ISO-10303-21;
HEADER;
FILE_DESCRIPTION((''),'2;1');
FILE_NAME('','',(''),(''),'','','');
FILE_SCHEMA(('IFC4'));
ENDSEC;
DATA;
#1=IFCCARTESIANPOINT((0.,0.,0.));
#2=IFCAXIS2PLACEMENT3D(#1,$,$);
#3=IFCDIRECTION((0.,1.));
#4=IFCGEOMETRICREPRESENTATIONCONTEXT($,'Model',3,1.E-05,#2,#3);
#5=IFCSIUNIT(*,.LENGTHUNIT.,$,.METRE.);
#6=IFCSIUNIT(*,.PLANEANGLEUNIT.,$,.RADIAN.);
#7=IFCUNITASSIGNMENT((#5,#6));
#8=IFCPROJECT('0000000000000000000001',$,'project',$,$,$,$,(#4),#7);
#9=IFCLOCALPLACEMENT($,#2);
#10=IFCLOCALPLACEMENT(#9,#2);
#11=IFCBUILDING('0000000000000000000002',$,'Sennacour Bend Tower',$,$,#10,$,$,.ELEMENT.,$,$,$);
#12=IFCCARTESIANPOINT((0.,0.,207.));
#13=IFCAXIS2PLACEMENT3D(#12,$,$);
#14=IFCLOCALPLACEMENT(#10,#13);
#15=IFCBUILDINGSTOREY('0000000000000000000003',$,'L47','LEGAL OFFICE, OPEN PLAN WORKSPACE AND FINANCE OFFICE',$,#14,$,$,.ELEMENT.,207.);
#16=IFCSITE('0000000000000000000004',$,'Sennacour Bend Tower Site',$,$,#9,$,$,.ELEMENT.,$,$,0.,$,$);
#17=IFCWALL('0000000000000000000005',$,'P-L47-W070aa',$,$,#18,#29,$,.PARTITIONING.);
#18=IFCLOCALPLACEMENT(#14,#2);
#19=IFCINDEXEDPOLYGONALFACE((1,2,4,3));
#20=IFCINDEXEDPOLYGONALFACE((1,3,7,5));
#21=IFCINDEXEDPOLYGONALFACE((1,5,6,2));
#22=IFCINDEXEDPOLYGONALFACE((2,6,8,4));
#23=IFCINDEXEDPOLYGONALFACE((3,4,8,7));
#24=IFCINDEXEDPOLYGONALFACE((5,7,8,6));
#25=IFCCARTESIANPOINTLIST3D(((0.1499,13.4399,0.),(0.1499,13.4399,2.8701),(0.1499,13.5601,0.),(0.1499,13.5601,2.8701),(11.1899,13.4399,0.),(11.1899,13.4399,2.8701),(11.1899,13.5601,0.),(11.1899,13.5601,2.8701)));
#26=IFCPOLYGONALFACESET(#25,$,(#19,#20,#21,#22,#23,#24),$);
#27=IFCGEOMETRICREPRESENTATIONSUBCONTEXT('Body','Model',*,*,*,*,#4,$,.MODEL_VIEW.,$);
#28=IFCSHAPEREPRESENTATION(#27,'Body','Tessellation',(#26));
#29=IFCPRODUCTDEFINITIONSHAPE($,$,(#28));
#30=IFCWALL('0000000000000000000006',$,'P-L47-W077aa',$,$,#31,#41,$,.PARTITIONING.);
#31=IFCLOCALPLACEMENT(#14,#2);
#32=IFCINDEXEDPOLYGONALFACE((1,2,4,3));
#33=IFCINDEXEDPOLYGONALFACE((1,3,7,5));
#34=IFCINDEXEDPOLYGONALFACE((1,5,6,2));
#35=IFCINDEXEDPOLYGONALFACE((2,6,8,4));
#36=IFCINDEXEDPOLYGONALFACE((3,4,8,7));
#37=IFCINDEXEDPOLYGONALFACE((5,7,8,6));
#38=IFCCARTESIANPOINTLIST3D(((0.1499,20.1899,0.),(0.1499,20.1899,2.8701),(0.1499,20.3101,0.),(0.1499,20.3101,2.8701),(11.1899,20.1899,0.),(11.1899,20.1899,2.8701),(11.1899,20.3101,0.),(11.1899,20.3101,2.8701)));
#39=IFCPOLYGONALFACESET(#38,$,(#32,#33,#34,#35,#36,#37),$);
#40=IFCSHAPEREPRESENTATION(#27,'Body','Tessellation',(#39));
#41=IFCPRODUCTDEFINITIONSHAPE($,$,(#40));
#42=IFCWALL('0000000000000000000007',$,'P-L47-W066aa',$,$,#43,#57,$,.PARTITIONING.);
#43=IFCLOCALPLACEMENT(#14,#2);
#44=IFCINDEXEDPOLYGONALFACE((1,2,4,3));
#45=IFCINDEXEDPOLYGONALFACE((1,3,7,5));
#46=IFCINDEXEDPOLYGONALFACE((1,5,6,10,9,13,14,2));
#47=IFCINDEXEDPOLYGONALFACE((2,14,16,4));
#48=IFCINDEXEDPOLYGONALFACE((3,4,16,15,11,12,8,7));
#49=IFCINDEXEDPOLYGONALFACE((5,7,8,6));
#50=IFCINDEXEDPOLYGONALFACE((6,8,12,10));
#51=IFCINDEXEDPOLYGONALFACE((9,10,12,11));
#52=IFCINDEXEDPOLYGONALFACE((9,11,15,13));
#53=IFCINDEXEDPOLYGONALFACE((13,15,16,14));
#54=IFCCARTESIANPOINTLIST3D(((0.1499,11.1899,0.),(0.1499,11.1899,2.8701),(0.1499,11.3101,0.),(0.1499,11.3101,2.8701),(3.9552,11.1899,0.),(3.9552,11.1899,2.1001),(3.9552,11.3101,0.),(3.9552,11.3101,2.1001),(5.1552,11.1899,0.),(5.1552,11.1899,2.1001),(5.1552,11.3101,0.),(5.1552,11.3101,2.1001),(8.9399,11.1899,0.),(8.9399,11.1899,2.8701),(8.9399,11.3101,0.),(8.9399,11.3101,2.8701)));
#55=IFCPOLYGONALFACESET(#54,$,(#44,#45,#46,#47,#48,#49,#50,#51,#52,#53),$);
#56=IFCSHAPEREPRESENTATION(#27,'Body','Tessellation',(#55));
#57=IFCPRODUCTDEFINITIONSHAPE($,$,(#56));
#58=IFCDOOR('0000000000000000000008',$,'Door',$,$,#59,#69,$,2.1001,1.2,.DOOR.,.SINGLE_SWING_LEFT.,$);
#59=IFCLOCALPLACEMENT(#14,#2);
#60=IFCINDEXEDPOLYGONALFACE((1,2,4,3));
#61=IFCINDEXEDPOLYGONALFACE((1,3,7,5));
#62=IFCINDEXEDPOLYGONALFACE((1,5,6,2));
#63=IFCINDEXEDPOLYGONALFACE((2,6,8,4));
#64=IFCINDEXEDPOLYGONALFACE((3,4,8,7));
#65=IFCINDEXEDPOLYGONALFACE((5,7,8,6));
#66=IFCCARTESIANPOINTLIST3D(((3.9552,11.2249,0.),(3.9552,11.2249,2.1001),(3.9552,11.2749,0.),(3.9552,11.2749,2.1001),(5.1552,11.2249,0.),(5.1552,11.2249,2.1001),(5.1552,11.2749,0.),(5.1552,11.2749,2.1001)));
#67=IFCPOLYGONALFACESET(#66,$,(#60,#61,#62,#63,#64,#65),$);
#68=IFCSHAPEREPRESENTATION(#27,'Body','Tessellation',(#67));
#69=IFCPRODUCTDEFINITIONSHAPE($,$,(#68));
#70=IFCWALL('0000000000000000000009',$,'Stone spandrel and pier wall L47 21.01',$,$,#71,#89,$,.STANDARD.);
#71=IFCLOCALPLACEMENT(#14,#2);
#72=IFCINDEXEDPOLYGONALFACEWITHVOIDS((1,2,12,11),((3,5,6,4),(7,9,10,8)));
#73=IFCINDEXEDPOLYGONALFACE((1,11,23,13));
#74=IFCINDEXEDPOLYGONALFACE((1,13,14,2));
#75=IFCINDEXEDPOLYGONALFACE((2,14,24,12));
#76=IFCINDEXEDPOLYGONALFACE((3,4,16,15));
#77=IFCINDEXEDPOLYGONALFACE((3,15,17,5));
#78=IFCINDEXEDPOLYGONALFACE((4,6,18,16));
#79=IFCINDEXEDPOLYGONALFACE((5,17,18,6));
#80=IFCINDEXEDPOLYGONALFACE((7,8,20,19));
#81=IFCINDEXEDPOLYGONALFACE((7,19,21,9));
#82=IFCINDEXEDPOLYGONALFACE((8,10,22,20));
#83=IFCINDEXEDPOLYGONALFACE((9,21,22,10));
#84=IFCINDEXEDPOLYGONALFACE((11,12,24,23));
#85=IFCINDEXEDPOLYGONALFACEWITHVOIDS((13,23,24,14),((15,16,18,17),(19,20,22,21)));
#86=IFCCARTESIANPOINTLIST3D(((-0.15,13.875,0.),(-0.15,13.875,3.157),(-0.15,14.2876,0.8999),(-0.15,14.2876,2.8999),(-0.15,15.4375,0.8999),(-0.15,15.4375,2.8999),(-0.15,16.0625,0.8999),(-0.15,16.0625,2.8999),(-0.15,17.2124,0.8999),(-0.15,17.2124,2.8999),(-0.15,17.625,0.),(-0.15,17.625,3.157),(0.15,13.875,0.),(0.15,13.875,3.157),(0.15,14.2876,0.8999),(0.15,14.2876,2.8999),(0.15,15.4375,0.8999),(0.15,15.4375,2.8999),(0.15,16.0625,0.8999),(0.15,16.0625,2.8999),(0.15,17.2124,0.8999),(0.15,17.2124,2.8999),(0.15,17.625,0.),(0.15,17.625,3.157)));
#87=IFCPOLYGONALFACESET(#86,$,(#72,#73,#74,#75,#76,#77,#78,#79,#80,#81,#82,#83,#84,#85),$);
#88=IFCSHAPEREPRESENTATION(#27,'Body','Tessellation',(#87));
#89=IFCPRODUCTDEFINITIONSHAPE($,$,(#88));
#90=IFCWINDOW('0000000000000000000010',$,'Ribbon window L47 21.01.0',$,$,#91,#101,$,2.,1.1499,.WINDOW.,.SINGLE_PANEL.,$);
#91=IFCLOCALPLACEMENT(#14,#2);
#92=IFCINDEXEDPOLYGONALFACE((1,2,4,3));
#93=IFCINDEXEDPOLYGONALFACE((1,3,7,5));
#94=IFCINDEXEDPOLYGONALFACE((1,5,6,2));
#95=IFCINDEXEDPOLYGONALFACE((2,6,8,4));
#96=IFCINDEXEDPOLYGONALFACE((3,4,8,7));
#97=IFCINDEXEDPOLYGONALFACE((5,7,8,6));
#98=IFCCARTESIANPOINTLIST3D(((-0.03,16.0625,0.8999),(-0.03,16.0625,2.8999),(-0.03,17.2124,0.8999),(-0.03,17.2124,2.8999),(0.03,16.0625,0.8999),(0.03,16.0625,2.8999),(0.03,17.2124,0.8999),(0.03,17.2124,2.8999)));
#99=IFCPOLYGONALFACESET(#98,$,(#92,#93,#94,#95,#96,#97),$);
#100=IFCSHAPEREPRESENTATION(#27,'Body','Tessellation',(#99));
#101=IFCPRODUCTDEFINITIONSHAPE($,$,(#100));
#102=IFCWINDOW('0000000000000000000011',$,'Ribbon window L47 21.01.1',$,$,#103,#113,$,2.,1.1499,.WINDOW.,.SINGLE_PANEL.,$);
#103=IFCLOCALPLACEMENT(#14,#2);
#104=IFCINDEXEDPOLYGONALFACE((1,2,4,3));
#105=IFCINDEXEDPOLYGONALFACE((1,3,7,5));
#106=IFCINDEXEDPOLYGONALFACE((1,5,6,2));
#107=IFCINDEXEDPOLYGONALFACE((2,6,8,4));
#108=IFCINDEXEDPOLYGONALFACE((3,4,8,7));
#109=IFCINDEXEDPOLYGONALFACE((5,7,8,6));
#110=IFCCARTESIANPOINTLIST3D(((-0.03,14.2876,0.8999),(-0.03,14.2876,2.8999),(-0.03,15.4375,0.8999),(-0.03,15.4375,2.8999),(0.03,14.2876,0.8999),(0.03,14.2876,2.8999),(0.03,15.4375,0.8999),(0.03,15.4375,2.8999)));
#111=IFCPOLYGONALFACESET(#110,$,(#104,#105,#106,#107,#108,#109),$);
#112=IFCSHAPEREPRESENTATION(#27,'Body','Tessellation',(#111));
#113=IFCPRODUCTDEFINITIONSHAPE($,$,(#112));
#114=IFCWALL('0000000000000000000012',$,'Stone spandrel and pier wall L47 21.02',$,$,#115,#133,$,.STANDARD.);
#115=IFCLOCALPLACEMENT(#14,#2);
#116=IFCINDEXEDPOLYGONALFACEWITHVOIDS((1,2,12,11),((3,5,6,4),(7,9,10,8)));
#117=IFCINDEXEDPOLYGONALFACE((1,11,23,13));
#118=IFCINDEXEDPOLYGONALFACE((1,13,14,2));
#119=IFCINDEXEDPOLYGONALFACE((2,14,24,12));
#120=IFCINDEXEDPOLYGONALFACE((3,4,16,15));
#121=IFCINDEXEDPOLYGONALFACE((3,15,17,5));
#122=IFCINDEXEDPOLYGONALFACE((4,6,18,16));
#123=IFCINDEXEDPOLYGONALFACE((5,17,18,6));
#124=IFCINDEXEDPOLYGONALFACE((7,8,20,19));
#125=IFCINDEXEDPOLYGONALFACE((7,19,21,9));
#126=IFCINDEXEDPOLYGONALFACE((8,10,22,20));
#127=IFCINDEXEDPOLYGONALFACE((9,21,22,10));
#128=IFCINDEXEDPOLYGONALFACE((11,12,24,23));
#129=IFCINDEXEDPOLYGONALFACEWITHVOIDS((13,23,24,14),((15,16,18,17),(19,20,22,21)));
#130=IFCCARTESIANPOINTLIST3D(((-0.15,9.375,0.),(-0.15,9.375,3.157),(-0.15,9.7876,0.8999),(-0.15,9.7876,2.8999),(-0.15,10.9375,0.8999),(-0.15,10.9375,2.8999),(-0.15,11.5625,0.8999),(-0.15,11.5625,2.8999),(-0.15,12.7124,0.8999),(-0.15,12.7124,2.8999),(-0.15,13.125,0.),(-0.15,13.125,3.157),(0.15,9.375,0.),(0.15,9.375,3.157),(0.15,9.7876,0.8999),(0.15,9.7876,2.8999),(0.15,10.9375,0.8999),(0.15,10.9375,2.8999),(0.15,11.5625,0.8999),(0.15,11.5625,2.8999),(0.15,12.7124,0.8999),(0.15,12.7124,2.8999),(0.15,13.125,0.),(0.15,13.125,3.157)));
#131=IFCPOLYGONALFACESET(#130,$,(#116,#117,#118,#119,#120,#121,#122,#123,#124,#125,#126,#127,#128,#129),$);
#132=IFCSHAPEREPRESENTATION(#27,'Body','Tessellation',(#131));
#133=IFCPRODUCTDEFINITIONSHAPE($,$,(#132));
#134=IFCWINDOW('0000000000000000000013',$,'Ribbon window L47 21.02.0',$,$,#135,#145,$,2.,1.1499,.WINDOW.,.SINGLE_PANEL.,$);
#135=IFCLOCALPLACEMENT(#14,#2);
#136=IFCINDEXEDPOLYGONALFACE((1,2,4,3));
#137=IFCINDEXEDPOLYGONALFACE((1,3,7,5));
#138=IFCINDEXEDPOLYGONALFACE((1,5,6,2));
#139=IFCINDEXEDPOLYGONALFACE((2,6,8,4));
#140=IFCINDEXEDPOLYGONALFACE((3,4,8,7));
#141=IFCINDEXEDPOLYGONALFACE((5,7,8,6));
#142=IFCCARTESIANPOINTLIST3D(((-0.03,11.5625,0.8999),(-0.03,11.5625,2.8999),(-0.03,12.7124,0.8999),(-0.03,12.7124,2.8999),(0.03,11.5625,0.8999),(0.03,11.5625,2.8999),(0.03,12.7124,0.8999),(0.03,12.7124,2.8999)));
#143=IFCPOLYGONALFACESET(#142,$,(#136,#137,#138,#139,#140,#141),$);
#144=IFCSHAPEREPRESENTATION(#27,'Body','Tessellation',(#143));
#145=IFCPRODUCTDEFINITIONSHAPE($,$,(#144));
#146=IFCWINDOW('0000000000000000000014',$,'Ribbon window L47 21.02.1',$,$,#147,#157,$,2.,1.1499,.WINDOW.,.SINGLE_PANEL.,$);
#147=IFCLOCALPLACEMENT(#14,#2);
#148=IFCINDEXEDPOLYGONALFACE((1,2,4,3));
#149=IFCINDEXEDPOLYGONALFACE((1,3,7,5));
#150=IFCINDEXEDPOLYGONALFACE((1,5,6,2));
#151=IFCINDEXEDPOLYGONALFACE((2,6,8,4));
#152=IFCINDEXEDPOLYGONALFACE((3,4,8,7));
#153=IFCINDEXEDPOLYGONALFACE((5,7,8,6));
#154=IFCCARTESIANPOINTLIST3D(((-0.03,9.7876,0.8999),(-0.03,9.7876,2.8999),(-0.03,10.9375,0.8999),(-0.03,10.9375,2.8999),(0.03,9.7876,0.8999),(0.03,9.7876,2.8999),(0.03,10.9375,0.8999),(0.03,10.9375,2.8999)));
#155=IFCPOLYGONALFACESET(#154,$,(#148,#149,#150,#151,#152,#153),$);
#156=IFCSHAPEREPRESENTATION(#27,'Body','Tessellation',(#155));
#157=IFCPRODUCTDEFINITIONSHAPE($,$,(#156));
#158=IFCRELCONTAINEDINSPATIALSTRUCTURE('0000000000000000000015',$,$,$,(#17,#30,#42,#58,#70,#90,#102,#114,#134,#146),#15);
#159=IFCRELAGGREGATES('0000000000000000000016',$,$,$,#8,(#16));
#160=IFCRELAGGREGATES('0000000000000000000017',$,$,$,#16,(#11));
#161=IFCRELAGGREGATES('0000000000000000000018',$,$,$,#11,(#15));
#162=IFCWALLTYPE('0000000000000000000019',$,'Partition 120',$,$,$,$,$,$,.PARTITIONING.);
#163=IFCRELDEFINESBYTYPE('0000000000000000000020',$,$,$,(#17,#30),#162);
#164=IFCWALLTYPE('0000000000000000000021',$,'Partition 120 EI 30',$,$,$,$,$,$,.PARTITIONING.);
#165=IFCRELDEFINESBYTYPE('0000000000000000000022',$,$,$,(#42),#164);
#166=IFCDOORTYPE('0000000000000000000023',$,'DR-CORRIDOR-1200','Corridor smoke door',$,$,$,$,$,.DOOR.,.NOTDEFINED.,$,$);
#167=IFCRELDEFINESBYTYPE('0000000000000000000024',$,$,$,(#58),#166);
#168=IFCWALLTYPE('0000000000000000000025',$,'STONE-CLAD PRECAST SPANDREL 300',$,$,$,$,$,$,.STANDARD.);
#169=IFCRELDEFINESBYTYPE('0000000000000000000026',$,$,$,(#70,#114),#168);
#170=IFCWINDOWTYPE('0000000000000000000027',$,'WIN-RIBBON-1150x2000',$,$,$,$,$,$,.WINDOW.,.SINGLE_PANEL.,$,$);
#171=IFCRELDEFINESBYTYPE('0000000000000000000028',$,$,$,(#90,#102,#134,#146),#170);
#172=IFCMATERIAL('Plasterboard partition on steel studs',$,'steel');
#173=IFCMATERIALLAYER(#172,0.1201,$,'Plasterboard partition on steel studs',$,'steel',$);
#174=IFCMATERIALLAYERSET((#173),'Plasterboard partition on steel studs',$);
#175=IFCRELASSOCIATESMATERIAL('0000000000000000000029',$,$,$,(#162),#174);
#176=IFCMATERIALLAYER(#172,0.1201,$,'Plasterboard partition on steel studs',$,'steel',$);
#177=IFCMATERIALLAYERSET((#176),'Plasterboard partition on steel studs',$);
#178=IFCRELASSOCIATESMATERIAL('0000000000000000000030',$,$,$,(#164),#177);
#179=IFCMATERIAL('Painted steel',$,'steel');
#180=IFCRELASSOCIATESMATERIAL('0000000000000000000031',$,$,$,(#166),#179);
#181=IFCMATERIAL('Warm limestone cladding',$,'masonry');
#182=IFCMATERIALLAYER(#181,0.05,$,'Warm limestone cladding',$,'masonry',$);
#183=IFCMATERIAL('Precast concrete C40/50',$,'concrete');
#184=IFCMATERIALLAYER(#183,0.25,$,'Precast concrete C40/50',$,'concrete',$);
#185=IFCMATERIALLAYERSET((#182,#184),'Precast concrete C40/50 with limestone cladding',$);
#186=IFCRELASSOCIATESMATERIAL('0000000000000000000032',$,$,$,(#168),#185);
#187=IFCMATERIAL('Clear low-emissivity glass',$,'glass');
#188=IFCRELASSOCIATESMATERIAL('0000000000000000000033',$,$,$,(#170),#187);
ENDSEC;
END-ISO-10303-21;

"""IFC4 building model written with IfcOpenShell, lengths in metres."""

from ifc_helpers import new_model, si_unit, direction, frame, frame_2d, origin, place, context, subcontext, project, spatial, rectangle, extrude, material, layer, layer_set, type_object, element, fill, save


model = new_model("IFC4")

# Units and contexts
model_context = context("Model", 3, precision=1e-05, world=origin(), true_north=direction((0.0, 1.0)))
body_context = subcontext(model_context, "Body", "Model", "MODEL_VIEW")
ifc_project = project(units=[si_unit("LENGTHUNIT", "METRE"), si_unit("PLANEANGLEUNIT", "RADIAN")], contexts=[model_context])

# Site, building, storey
site_placement = place(None, origin())
site = spatial("IfcSite", under=ifc_project, at=site_placement, Name="Sennacour Bend Tower Site", CompositionType="ELEMENT", RefElevation=0.0)
building_placement = place(site_placement, origin())
building = spatial("IfcBuilding", under=site, at=building_placement, Name="Sennacour Bend Tower", CompositionType="ELEMENT")
storey_placement = place(building_placement, frame((0.0, 0.0, 207.0)))
storey = spatial("IfcBuildingStorey", under=building, at=storey_placement, Name="L47", Description="LEGAL OFFICE, OPEN PLAN WORKSPACE AND FINANCE OFFICE", CompositionType="ELEMENT", Elevation=207.0)

# Walls
ifc_material_1 = material(Name="Plasterboard partition on steel studs", Category="steel")
ifc_layer_1 = layer(ifc_material_1, 0.1201, Name="Plasterboard partition on steel studs", Category="steel")
ifc_layer_set_1 = layer_set([ifc_layer_1], Name="Plasterboard partition on steel studs")
wall_type_1 = type_object("IfcWallType", Name="Partition 120", PredefinedType="PARTITIONING", material=ifc_layer_set_1)
for number, where, z_axis, x_axis, name in (
    (1, (0.1499, 13.5, 0.0), (0.0, 0.0, 1.0), (1.0, 0.0, 0.0), "P-L47-W070aa"),
    (2, (0.1499, 20.25, 0.0), (0.0, 0.0, 1.0), (1.0, 0.0, 0.0), "P-L47-W077aa"),
):
    element("IfcWall", number, at=place(storey_placement, frame(where, z_axis=z_axis, x_axis=x_axis)), inside=storey, type_object=wall_type_1, Name=name, PredefinedType="PARTITIONING", context=body_context, shape_type="SweptSolid", body=[
        extrude(rectangle(XDim=11.04, YDim=0.1201, at=frame_2d((5.52, 0.0))), origin(), (0.0, 0.0, 1.0), 2.8701),
    ])

# Wall, opening, door
ifc_layer_2 = layer(ifc_material_1, 0.1201, Name="Plasterboard partition on steel studs", Category="steel")
ifc_layer_set_2 = layer_set([ifc_layer_2], Name="Plasterboard partition on steel studs")
wall_type_2 = type_object("IfcWallType", Name="Partition 120 EI 30", PredefinedType="PARTITIONING", material=ifc_layer_set_2)
wall_1_placement = place(storey_placement, frame((0.1499, 11.25, 0.0), z_axis=(0.0, 0.0, 1.0), x_axis=(1.0, 0.0, 0.0)))
wall_1 = element("IfcWall", 3, at=wall_1_placement, inside=storey, type_object=wall_type_2, Name="P-L47-W066aa", PredefinedType="PARTITIONING", context=body_context, shape_type="SweptSolid", body=[
    extrude(rectangle(XDim=8.79, YDim=0.1201, at=frame_2d((4.395, 0.0))), origin(), (0.0, 0.0, 1.0), 2.8701),
])
opening_1_placement = place(wall_1_placement, frame((3.8052, 0.0, 0.0)))
opening_1 = element("IfcOpeningElement", 4, at=opening_1_placement, cuts=wall_1, PredefinedType="OPENING", context=body_context, shape_type="SweptSolid", body=[
    extrude(rectangle(XDim=1.2, YDim=2.1001, at=frame_2d((0.6001, 1.05))), frame((0.0, 0.0701, 0.0), z_axis=(0.0, -1.0, 0.0), x_axis=(1.0, 0.0, 0.0)), (0.0, 0.0, 1.0), 0.1401),
])
ifc_material_2 = material(Name="Painted steel", Category="steel")
door_type = type_object("IfcDoorType", Name="DR-CORRIDOR-1200", Description="Corridor smoke door", OperationType="NOTDEFINED", PredefinedType="DOOR", material=ifc_material_2)
door_placement = place(opening_1_placement, origin())
door = element("IfcDoor", 5, at=door_placement, inside=storey, type_object=door_type, Name="Door", OperationType="SINGLE_SWING_LEFT", OverallHeight=2.1001, OverallWidth=1.2, PredefinedType="DOOR", context=body_context, shape_type="SweptSolid", body=[
    extrude(rectangle(XDim=1.2, YDim=2.1001, at=frame_2d((0.6001, 1.05))), frame((0.0, 0.0249, 0.0), z_axis=(0.0, -1.0, 0.0), x_axis=(1.0, 0.0, 0.0)), (0.0, 0.0, 1.0), 0.05),
])
fill(opening_1, door)

# Walls, openings, windows
ifc_material_3 = material(Name="Warm limestone cladding", Category="masonry")
ifc_layer_3 = layer(ifc_material_3, 0.05, Name="Warm limestone cladding", Category="masonry")
ifc_material_4 = material(Name="Precast concrete C40/50", Category="concrete")
ifc_layer_4 = layer(ifc_material_4, 0.25, Name="Precast concrete C40/50", Category="concrete")
ifc_layer_set_3 = layer_set([ifc_layer_3, ifc_layer_4], Name="Precast concrete C40/50 with limestone cladding")
wall_type_3 = type_object("IfcWallType", Name="STONE-CLAD PRECAST SPANDREL 300", PredefinedType="STANDARD", material=ifc_layer_set_3)
wall_2_placement = place(storey_placement, frame((0.0, 17.625, 0.0), z_axis=(0.0, 0.0, 1.0), x_axis=(0.0, -1.0, 0.0)))
wall_2 = element("IfcWall", 6, at=wall_2_placement, inside=storey, type_object=wall_type_3, Name="Stone spandrel and pier wall L47 21.01", PredefinedType="STANDARD", context=body_context, shape_type="SweptSolid", body=[
    extrude(rectangle(XDim=3.75, YDim=0.3, at=frame_2d((1.875, 0.0))), origin(), (0.0, 0.0, 1.0), 3.157),
])
opening_2_placement = place(wall_2_placement, frame((0.4126, 0.0, 0.8999)))
opening_2 = element("IfcOpeningElement", 7, at=opening_2_placement, cuts=wall_2, PredefinedType="OPENING", context=body_context, shape_type="SweptSolid", body=[
    extrude(rectangle(XDim=1.1499, YDim=2.0, at=frame_2d((0.575, 1.0))), frame((0.0, 0.1602, 0.0), z_axis=(0.0, -1.0, 0.0), x_axis=(1.0, 0.0, 0.0)), (0.0, 0.0, 1.0), 0.3201),
])
opening_3_placement = place(wall_2_placement, frame((2.1875, 0.0, 0.8999)))
opening_3 = element("IfcOpeningElement", 8, at=opening_3_placement, cuts=wall_2, PredefinedType="OPENING", context=body_context, shape_type="SweptSolid", body=[
    extrude(rectangle(XDim=1.1499, YDim=2.0, at=frame_2d((0.575, 1.0))), frame((0.0, 0.1602, 0.0), z_axis=(0.0, -1.0, 0.0), x_axis=(1.0, 0.0, 0.0)), (0.0, 0.0, 1.0), 0.3201),
])
ifc_material_5 = material(Name="Clear low-emissivity glass", Category="glass")
window_type = type_object("IfcWindowType", Name="WIN-RIBBON-1150x2000", PartitioningType="SINGLE_PANEL", PredefinedType="WINDOW", material=ifc_material_5)
window_1_placement = place(opening_2_placement, origin())
window_1 = element("IfcWindow", 9, at=window_1_placement, inside=storey, type_object=window_type, Name="Ribbon window L47 21.01.0", OverallHeight=2.0, OverallWidth=1.1499, PartitioningType="SINGLE_PANEL", PredefinedType="WINDOW", context=body_context, shape_type="SweptSolid", body=[
    extrude(rectangle(XDim=1.1499, YDim=2.0, at=frame_2d((0.575, 1.0))), frame((0.0, 0.03, 0.0), z_axis=(0.0, -1.0, 0.0), x_axis=(1.0, 0.0, 0.0)), (0.0, 0.0, 1.0), 0.0601),
])
fill(opening_2, window_1)
window_2_placement = place(opening_3_placement, origin())
window_2 = element("IfcWindow", 10, at=window_2_placement, inside=storey, type_object=window_type, Name="Ribbon window L47 21.01.1", OverallHeight=2.0, OverallWidth=1.1499, PartitioningType="SINGLE_PANEL", PredefinedType="WINDOW", context=body_context, shape_type="SweptSolid", body=[
    extrude(rectangle(XDim=1.1499, YDim=2.0, at=frame_2d((0.575, 1.0))), frame((0.0, 0.03, 0.0), z_axis=(0.0, -1.0, 0.0), x_axis=(1.0, 0.0, 0.0)), (0.0, 0.0, 1.0), 0.0601),
])
fill(opening_3, window_2)
wall_3_placement = place(storey_placement, frame((0.0, 13.125, 0.0), z_axis=(0.0, 0.0, 1.0), x_axis=(0.0, -1.0, 0.0)))
wall_3 = element("IfcWall", 11, at=wall_3_placement, inside=storey, type_object=wall_type_3, Name="Stone spandrel and pier wall L47 21.02", PredefinedType="STANDARD", context=body_context, shape_type="SweptSolid", body=[
    extrude(rectangle(XDim=3.75, YDim=0.3, at=frame_2d((1.875, 0.0))), origin(), (0.0, 0.0, 1.0), 3.157),
])
opening_4_placement = place(wall_3_placement, frame((0.4126, 0.0, 0.8999)))
opening_4 = element("IfcOpeningElement", 12, at=opening_4_placement, cuts=wall_3, PredefinedType="OPENING", context=body_context, shape_type="SweptSolid", body=[
    extrude(rectangle(XDim=1.1499, YDim=2.0, at=frame_2d((0.575, 1.0))), frame((0.0, 0.1602, 0.0), z_axis=(0.0, -1.0, 0.0), x_axis=(1.0, 0.0, 0.0)), (0.0, 0.0, 1.0), 0.3201),
])
opening_5_placement = place(wall_3_placement, frame((2.1875, 0.0, 0.8999)))
opening_5 = element("IfcOpeningElement", 13, at=opening_5_placement, cuts=wall_3, PredefinedType="OPENING", context=body_context, shape_type="SweptSolid", body=[
    extrude(rectangle(XDim=1.1499, YDim=2.0, at=frame_2d((0.575, 1.0))), frame((0.0, 0.1602, 0.0), z_axis=(0.0, -1.0, 0.0), x_axis=(1.0, 0.0, 0.0)), (0.0, 0.0, 1.0), 0.3201),
])
window_3_placement = place(opening_4_placement, origin())
window_3 = element("IfcWindow", 14, at=window_3_placement, inside=storey, type_object=window_type, Name="Ribbon window L47 21.02.0", OverallHeight=2.0, OverallWidth=1.1499, PartitioningType="SINGLE_PANEL", PredefinedType="WINDOW", context=body_context, shape_type="SweptSolid", body=[
    extrude(rectangle(XDim=1.1499, YDim=2.0, at=frame_2d((0.575, 1.0))), frame((0.0, 0.03, 0.0), z_axis=(0.0, -1.0, 0.0), x_axis=(1.0, 0.0, 0.0)), (0.0, 0.0, 1.0), 0.0601),
])
fill(opening_4, window_3)
window_4_placement = place(opening_5_placement, origin())
window_4 = element("IfcWindow", 15, at=window_4_placement, inside=storey, type_object=window_type, Name="Ribbon window L47 21.02.1", OverallHeight=2.0, OverallWidth=1.1499, PartitioningType="SINGLE_PANEL", PredefinedType="WINDOW", context=body_context, shape_type="SweptSolid", body=[
    extrude(rectangle(XDim=1.1499, YDim=2.0, at=frame_2d((0.575, 1.0))), frame((0.0, 0.03, 0.0), z_axis=(0.0, -1.0, 0.0), x_axis=(1.0, 0.0, 0.0)), (0.0, 0.0, 1.0), 0.0601),
])
fill(opening_5, window_4)

save(model, "model.ifc")
